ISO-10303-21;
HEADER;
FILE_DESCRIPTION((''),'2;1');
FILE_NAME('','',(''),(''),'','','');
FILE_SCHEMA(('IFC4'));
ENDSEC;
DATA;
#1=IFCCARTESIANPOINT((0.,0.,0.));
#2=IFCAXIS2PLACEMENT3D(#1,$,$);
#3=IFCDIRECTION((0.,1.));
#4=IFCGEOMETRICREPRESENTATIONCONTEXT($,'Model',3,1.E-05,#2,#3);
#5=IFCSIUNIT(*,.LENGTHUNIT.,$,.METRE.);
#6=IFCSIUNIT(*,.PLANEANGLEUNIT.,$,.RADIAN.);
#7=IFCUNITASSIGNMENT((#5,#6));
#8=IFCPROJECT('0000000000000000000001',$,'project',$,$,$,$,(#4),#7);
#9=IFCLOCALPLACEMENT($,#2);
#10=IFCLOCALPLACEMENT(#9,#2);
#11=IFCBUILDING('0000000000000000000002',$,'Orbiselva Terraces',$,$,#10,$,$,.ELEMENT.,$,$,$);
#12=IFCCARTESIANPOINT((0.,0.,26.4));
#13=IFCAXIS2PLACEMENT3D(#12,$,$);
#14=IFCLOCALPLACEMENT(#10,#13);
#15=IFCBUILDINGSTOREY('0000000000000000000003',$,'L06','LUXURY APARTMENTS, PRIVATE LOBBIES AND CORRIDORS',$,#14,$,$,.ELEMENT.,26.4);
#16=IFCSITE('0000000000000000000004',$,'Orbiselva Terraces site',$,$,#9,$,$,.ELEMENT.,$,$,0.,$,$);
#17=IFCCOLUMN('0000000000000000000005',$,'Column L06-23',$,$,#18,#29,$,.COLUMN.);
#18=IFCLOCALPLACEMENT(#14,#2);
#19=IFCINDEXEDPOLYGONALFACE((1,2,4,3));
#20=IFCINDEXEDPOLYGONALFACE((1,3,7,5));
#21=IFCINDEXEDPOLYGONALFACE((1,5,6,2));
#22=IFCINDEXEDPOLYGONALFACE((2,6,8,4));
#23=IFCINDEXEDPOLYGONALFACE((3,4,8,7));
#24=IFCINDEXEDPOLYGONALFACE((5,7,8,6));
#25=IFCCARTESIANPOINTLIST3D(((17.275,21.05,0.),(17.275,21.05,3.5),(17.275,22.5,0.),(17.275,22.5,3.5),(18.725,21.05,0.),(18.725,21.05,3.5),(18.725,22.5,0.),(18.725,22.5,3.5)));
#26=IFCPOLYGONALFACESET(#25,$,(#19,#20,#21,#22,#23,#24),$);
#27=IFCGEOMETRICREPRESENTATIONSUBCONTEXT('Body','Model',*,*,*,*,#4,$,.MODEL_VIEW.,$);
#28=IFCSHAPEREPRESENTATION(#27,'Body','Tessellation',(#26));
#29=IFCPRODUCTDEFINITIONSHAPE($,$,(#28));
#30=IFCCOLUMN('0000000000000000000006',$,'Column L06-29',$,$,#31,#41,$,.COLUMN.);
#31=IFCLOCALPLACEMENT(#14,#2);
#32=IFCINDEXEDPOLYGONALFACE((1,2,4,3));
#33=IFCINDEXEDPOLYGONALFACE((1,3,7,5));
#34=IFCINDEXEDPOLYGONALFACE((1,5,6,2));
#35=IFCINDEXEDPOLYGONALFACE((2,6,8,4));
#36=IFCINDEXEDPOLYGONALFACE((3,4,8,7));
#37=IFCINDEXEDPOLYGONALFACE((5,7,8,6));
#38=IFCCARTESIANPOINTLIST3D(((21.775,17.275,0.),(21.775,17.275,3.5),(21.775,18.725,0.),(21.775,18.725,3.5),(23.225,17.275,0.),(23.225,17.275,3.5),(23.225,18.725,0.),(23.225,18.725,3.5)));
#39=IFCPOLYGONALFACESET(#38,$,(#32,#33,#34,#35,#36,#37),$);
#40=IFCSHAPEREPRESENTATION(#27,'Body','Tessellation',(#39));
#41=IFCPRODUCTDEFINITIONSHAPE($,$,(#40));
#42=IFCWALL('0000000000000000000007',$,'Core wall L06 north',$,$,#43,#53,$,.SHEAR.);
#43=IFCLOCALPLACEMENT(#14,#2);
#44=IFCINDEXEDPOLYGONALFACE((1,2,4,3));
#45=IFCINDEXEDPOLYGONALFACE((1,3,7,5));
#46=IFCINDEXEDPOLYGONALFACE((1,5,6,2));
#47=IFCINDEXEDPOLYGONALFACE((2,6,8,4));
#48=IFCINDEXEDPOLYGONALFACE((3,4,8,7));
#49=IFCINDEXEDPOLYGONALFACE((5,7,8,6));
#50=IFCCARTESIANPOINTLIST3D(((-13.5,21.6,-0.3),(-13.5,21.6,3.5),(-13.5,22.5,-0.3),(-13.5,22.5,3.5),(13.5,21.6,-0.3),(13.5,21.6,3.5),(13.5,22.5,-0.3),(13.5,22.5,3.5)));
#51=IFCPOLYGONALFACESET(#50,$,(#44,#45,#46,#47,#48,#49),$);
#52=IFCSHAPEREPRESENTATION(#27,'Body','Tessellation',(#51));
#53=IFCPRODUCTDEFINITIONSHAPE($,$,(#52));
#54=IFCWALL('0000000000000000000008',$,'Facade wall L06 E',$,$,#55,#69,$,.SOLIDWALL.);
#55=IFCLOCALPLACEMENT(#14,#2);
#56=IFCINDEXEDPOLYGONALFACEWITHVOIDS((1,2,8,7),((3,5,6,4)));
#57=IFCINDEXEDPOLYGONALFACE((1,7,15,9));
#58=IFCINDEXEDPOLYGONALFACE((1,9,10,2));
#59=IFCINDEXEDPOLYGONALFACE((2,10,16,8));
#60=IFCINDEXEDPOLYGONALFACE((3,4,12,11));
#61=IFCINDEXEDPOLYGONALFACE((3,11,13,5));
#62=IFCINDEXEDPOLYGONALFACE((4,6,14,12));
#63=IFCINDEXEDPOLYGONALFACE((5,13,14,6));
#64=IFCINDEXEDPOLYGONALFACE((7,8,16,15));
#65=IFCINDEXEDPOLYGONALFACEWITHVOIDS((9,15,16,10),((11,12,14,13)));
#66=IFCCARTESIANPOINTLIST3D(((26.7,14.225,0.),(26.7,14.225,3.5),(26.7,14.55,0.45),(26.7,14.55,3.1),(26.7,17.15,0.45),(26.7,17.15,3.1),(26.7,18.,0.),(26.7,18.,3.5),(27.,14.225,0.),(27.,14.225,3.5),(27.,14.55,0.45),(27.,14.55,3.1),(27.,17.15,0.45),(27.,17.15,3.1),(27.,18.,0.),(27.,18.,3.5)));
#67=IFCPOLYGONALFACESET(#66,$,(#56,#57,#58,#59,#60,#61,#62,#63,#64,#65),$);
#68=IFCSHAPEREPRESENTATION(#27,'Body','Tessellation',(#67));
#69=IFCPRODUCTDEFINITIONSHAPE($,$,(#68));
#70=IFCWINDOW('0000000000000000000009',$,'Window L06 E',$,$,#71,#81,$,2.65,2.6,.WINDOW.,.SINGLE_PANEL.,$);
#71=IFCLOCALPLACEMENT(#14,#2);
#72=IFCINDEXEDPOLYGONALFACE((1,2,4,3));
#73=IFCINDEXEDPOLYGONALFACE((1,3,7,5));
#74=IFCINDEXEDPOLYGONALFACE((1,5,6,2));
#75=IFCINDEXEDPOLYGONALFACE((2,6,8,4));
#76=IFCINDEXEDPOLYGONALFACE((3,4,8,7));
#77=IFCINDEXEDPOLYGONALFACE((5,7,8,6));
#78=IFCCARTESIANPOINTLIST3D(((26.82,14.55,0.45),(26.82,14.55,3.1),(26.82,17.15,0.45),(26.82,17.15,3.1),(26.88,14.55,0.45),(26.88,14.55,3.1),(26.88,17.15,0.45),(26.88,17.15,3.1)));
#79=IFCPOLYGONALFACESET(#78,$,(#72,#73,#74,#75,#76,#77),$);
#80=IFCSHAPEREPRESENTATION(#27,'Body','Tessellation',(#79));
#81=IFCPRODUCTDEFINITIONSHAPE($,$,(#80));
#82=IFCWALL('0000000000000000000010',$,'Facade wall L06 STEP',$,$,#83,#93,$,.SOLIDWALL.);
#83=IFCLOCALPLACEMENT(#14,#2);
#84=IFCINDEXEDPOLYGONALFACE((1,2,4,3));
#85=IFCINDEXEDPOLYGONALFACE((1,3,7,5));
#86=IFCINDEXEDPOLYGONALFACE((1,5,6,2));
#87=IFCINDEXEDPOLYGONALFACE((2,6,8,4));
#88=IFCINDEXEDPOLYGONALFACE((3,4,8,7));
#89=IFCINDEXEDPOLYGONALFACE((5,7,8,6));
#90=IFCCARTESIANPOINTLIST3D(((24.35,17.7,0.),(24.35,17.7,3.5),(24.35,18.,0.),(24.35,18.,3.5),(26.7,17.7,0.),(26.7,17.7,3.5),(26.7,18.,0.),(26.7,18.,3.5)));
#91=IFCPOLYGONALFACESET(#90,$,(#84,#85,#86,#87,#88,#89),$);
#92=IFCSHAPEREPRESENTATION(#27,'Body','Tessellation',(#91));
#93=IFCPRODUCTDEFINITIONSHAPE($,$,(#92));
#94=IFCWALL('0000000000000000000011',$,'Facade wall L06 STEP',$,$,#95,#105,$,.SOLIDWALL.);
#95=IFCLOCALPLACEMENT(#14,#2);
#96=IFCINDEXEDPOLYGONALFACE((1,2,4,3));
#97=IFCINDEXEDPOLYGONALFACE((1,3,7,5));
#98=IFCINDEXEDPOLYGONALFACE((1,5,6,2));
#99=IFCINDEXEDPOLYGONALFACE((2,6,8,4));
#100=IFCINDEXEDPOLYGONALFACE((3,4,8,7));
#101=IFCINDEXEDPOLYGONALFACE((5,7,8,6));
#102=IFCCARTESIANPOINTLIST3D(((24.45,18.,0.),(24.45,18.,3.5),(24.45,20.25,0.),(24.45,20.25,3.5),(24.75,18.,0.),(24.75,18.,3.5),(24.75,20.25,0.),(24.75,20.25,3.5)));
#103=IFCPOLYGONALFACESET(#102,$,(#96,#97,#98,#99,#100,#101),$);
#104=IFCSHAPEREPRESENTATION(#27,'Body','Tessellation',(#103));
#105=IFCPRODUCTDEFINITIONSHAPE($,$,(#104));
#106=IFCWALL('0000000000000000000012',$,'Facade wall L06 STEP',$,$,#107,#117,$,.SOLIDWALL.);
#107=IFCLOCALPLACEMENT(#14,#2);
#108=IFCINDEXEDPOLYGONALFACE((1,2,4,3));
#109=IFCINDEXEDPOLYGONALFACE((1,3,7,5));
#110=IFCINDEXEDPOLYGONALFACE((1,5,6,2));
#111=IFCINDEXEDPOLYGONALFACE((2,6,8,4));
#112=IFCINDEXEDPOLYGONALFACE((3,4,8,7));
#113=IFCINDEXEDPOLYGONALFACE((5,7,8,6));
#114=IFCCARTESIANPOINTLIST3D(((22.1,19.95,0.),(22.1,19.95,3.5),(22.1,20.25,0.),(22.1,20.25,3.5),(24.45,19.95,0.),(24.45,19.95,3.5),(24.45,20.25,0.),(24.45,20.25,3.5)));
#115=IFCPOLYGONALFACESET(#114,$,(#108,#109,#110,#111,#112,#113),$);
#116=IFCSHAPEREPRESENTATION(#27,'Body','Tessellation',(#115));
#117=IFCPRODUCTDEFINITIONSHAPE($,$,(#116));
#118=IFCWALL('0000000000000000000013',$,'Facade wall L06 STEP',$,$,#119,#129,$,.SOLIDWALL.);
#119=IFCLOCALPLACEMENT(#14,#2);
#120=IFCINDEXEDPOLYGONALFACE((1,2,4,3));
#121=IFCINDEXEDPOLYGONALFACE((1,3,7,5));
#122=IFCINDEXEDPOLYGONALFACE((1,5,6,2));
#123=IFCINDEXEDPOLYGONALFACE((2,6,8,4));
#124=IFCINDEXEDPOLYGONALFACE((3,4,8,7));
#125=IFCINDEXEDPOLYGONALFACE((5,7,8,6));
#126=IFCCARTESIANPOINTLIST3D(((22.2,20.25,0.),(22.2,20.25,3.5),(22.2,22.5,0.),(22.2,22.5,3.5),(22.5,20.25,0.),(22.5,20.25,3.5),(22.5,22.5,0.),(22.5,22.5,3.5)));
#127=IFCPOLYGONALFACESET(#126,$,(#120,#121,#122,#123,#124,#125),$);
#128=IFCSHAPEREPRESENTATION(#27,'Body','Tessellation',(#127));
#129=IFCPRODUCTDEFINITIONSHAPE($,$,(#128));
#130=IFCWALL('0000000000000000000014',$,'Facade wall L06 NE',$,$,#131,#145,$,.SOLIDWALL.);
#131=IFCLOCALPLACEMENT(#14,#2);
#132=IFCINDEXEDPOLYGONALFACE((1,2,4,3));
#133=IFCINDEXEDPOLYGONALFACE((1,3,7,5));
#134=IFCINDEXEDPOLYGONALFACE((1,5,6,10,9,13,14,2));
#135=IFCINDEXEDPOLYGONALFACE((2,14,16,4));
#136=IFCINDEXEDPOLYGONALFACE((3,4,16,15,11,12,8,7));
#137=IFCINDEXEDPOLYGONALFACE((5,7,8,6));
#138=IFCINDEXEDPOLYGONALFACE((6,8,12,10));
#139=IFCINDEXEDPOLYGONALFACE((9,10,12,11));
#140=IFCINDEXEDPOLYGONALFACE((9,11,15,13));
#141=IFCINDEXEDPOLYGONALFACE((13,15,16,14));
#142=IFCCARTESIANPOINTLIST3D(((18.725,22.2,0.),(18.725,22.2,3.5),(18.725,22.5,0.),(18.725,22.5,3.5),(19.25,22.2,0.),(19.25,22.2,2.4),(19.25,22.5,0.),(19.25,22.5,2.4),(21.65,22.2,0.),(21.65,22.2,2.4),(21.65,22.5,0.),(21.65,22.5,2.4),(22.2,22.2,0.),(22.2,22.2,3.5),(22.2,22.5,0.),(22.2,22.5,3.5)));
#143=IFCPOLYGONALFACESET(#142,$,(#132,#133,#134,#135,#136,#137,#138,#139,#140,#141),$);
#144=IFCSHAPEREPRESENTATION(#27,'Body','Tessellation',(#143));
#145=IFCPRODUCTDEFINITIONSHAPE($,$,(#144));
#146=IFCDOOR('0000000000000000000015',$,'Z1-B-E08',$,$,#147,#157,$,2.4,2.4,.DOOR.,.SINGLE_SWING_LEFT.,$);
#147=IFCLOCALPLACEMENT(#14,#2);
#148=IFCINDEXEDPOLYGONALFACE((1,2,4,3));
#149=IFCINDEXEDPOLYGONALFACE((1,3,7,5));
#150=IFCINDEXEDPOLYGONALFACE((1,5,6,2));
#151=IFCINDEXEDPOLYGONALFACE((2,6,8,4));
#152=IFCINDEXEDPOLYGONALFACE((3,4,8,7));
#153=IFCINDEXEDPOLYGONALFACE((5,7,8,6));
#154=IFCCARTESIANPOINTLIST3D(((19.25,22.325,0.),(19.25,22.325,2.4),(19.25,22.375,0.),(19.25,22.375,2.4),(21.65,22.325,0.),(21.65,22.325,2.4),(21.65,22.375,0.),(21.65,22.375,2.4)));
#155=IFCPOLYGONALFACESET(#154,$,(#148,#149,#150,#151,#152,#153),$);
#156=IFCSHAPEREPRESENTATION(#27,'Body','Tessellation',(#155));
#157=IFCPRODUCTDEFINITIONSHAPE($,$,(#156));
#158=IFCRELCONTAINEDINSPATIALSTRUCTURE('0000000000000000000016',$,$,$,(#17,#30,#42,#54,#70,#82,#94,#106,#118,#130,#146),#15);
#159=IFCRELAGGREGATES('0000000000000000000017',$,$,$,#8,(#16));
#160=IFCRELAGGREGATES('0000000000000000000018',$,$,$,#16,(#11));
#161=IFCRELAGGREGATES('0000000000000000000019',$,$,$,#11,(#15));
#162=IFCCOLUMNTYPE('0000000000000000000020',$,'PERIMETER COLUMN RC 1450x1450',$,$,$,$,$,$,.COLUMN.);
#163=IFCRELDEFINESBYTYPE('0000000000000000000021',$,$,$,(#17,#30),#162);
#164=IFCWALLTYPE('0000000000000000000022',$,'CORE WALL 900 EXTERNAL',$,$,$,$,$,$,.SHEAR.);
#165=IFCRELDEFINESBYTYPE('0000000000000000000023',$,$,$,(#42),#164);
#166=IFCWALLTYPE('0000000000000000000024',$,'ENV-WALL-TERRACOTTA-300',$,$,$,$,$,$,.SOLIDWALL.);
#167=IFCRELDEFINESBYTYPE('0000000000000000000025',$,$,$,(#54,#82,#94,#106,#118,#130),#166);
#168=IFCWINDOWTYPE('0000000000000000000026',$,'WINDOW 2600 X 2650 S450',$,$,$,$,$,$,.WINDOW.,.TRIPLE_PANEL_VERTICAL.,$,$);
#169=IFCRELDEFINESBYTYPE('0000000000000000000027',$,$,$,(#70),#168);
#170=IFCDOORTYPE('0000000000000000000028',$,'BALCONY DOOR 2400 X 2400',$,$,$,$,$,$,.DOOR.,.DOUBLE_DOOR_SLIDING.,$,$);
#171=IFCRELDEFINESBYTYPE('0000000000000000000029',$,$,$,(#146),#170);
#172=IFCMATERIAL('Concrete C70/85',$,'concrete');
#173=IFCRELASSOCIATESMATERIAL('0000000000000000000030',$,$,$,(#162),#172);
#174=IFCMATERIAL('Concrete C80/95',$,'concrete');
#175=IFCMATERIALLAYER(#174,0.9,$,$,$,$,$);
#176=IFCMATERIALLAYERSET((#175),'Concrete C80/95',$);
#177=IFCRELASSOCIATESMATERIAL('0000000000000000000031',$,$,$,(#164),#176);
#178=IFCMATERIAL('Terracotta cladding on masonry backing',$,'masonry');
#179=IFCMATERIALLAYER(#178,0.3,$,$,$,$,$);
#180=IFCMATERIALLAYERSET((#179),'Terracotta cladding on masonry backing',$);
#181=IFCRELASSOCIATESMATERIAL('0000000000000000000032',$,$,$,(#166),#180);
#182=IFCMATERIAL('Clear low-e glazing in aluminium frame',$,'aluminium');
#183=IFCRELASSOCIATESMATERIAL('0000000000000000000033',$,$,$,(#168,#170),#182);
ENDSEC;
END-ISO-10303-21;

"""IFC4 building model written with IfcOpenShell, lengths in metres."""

from ifc_helpers import new_model, si_unit, direction, frame, frame_2d, origin, origin_2d, place, context, subcontext, project, spatial, rectangle, extrude, material, layer, layer_set, material_profile, profile_set, type_object, element, fill, save


model = new_model("IFC4")

# Units and contexts
model_context = context("Model", 3, precision=1e-05, world=origin(), true_north=direction((0.0, 1.0)))
body_context = subcontext(model_context, "Body", "Model", "MODEL_VIEW")
ifc_project = project(units=[si_unit("LENGTHUNIT", "METRE"), si_unit("PLANEANGLEUNIT", "RADIAN")], contexts=[model_context])

# Site, building, storey
site_placement = place(None, origin())
site = spatial("IfcSite", under=ifc_project, at=site_placement, Name="Orbiselva Terraces site", CompositionType="ELEMENT", RefElevation=0.0)
building_placement = place(site_placement, origin())
building = spatial("IfcBuilding", under=site, at=building_placement, Name="Orbiselva Terraces", CompositionType="ELEMENT")
storey_placement = place(building_placement, frame((0.0, 0.0, 26.4)))
storey = spatial("IfcBuildingStorey", under=building, at=storey_placement, Name="L06", Description="LUXURY APARTMENTS, PRIVATE LOBBIES AND CORRIDORS", CompositionType="ELEMENT", Elevation=26.4)

# Columns
ifc_material_1 = material(Name="Concrete C70/85", Category="concrete")
ifc_material_profile = material_profile(ifc_material_1, rectangle(XDim=1.45, YDim=1.45, at=origin_2d()), Name="RC 1450x1450")
ifc_profile_set = profile_set([ifc_material_profile], Name="Concrete C70/85")
column_type = type_object("IfcColumnType", Name="PERIMETER COLUMN RC 1450x1450", PredefinedType="COLUMN", material=ifc_profile_set)
for number, where, z_axis, x_axis, name in (
    (1, (18.0, 21.775, 0.0), (0.0, 0.0, 1.0), (1.0, 0.0, 0.0), "Column L06-23"),
    (2, (22.5, 18.0, 0.0), (0.0, 0.0, 1.0), (1.0, 0.0, 0.0), "Column L06-29"),
):
    element("IfcColumn", number, at=place(storey_placement, frame(where, z_axis=z_axis, x_axis=x_axis)), inside=storey, type_object=column_type, Name=name, PredefinedType="COLUMN", context=body_context, shape_type="SweptSolid", body=[
        extrude(rectangle(XDim=1.45, YDim=1.45, at=origin_2d()), origin(), (0.0, 0.0, 1.0), 3.5),
    ])

# Wall
ifc_material_2 = material(Name="Concrete C80/95", Category="concrete")
ifc_layer_1 = layer(ifc_material_2, 0.9)
ifc_layer_set_1 = layer_set([ifc_layer_1], Name="Concrete C80/95")
wall_type_1 = type_object("IfcWallType", Name="CORE WALL 900 EXTERNAL", PredefinedType="SHEAR", material=ifc_layer_set_1)
wall_1_placement = place(storey_placement, frame((13.5, 22.05, -0.3), z_axis=(0.0, 0.0, 1.0), x_axis=(-1.0, 0.0, 0.0)))
element("IfcWall", 3, at=wall_1_placement, inside=storey, type_object=wall_type_1, Name="Core wall L06 north", PredefinedType="SHEAR", context=body_context, shape_type="SweptSolid", body=[
    extrude(rectangle(XDim=27.0, YDim=0.9, at=frame_2d((13.5, 0.0))), origin(), (0.0, 0.0, 1.0), 3.8),
])

# Wall, opening, window
ifc_material_3 = material(Name="Terracotta cladding on masonry backing", Category="masonry")
ifc_layer_2 = layer(ifc_material_3, 0.3)
ifc_layer_set_2 = layer_set([ifc_layer_2], Name="Terracotta cladding on masonry backing")
wall_type_2 = type_object("IfcWallType", Name="ENV-WALL-TERRACOTTA-300", PredefinedType="SOLIDWALL", material=ifc_layer_set_2)
wall_2_placement = place(storey_placement, frame((26.85, 18.0, 0.0), z_axis=(0.0, 0.0, 1.0), x_axis=(0.0, -1.0, 0.0)))
wall_2 = element("IfcWall", 4, at=wall_2_placement, inside=storey, type_object=wall_type_2, Name="Facade wall L06 E", PredefinedType="SOLIDWALL", context=body_context, shape_type="SweptSolid", body=[
    extrude(rectangle(XDim=3.775, YDim=0.3, at=frame_2d((1.8875, 0.0))), origin(), (0.0, 0.0, 1.0), 3.5),
])
opening_1_placement = place(wall_2_placement, frame((0.85, 0.0, 0.45)))
opening_1 = element("IfcOpeningElement", 5, at=opening_1_placement, cuts=wall_2, PredefinedType="OPENING", context=body_context, shape_type="SweptSolid", body=[
    extrude(rectangle(XDim=2.6, YDim=2.65, at=frame_2d((1.3, 1.325))), frame((0.0, 0.16, 0.0), z_axis=(0.0, -1.0, 0.0), x_axis=(1.0, 0.0, 0.0)), (0.0, 0.0, 1.0), 0.32),
])
ifc_material_4 = material(Name="Clear low-e glazing in aluminium frame", Category="aluminium")
window_type = type_object("IfcWindowType", Name="WINDOW 2600 X 2650 S450", PartitioningType="TRIPLE_PANEL_VERTICAL", PredefinedType="WINDOW", material=ifc_material_4)
window_1_placement = place(opening_1_placement, origin())
window_1 = element("IfcWindow", 6, at=window_1_placement, inside=storey, type_object=window_type, Name="Window L06 E", OverallHeight=2.65, OverallWidth=2.6, PartitioningType="SINGLE_PANEL", PredefinedType="WINDOW", context=body_context, shape_type="SweptSolid", body=[
    extrude(rectangle(XDim=2.6, YDim=2.65, at=frame_2d((1.3, 1.325))), frame((0.0, 0.03, 0.0), z_axis=(0.0, -1.0, 0.0), x_axis=(1.0, 0.0, 0.0)), (0.0, 0.0, 1.0), 0.06),
])
fill(opening_1, window_1)

# Walls
wall_3_placement = place(storey_placement, frame((24.35, 17.85, 0.0), z_axis=(0.0, 0.0, 1.0), x_axis=(1.0, 0.0, 0.0)))
element("IfcWall", 7, at=wall_3_placement, inside=storey, type_object=wall_type_2, Name="Facade wall L06 STEP", PredefinedType="SOLIDWALL", context=body_context, shape_type="SweptSolid", body=[
    extrude(rectangle(XDim=2.35, YDim=0.3, at=frame_2d((1.175, 0.0))), origin(), (0.0, 0.0, 1.0), 3.5),
])
wall_4_placement = place(storey_placement, frame((24.6, 20.25, 0.0), z_axis=(0.0, 0.0, 1.0), x_axis=(0.0, -1.0, 0.0)))
element("IfcWall", 8, at=wall_4_placement, inside=storey, type_object=wall_type_2, Name="Facade wall L06 STEP", PredefinedType="SOLIDWALL", context=body_context, shape_type="SweptSolid", body=[
    extrude(rectangle(XDim=2.25, YDim=0.3, at=frame_2d((1.125, 0.0))), origin(), (0.0, 0.0, 1.0), 3.5),
])
wall_5_placement = place(storey_placement, frame((22.1, 20.1, 0.0), z_axis=(0.0, 0.0, 1.0), x_axis=(1.0, 0.0, 0.0)))
element("IfcWall", 9, at=wall_5_placement, inside=storey, type_object=wall_type_2, Name="Facade wall L06 STEP", PredefinedType="SOLIDWALL", context=body_context, shape_type="SweptSolid", body=[
    extrude(rectangle(XDim=2.35, YDim=0.3, at=frame_2d((1.175, 0.0))), origin(), (0.0, 0.0, 1.0), 3.5),
])
wall_6_placement = place(storey_placement, frame((22.35, 22.5, 0.0), z_axis=(0.0, 0.0, 1.0), x_axis=(0.0, -1.0, 0.0)))
element("IfcWall", 10, at=wall_6_placement, inside=storey, type_object=wall_type_2, Name="Facade wall L06 STEP", PredefinedType="SOLIDWALL", context=body_context, shape_type="SweptSolid", body=[
    extrude(rectangle(XDim=2.25, YDim=0.3, at=frame_2d((1.125, 0.0))), origin(), (0.0, 0.0, 1.0), 3.5),
])

# Wall, opening, door
wall_7_placement = place(storey_placement, frame((18.725, 22.35, 0.0), z_axis=(0.0, 0.0, 1.0), x_axis=(1.0, 0.0, 0.0)))
wall_7 = element("IfcWall", 11, at=wall_7_placement, inside=storey, type_object=wall_type_2, Name="Facade wall L06 NE", PredefinedType="SOLIDWALL", context=body_context, shape_type="SweptSolid", body=[
    extrude(rectangle(XDim=3.475, YDim=0.3, at=frame_2d((1.7375, 0.0))), origin(), (0.0, 0.0, 1.0), 3.5),
])
opening_2_placement = place(wall_7_placement, frame((0.525, 0.0, 0.0)))
opening_2 = element("IfcOpeningElement", 12, at=opening_2_placement, cuts=wall_7, PredefinedType="OPENING", context=body_context, shape_type="SweptSolid", body=[
    extrude(rectangle(XDim=2.4, YDim=2.4, at=frame_2d((1.2, 1.2))), frame((0.0, 0.16, 0.0), z_axis=(0.0, -1.0, 0.0), x_axis=(1.0, 0.0, 0.0)), (0.0, 0.0, 1.0), 0.32),
])
door_type_1 = type_object("IfcDoorType", Name="BALCONY DOOR 2400 X 2400", OperationType="DOUBLE_DOOR_SLIDING", PredefinedType="DOOR", material=ifc_material_4)
door_1_placement = place(opening_2_placement, origin())
door_1 = element("IfcDoor", 13, at=door_1_placement, inside=storey, type_object=door_type_1, Name="Z1-B-E08", OperationType="SINGLE_SWING_LEFT", OverallHeight=2.4, OverallWidth=2.4, PredefinedType="DOOR", context=body_context, shape_type="SweptSolid", body=[
    extrude(rectangle(XDim=2.4, YDim=2.4, at=frame_2d((1.2, 1.2))), frame((0.0, 0.025, 0.0), z_axis=(0.0, -1.0, 0.0), x_axis=(1.0, 0.0, 0.0)), (0.0, 0.0, 1.0), 0.05),
])
fill(opening_2, door_1)

save(model, "model.ifc")
